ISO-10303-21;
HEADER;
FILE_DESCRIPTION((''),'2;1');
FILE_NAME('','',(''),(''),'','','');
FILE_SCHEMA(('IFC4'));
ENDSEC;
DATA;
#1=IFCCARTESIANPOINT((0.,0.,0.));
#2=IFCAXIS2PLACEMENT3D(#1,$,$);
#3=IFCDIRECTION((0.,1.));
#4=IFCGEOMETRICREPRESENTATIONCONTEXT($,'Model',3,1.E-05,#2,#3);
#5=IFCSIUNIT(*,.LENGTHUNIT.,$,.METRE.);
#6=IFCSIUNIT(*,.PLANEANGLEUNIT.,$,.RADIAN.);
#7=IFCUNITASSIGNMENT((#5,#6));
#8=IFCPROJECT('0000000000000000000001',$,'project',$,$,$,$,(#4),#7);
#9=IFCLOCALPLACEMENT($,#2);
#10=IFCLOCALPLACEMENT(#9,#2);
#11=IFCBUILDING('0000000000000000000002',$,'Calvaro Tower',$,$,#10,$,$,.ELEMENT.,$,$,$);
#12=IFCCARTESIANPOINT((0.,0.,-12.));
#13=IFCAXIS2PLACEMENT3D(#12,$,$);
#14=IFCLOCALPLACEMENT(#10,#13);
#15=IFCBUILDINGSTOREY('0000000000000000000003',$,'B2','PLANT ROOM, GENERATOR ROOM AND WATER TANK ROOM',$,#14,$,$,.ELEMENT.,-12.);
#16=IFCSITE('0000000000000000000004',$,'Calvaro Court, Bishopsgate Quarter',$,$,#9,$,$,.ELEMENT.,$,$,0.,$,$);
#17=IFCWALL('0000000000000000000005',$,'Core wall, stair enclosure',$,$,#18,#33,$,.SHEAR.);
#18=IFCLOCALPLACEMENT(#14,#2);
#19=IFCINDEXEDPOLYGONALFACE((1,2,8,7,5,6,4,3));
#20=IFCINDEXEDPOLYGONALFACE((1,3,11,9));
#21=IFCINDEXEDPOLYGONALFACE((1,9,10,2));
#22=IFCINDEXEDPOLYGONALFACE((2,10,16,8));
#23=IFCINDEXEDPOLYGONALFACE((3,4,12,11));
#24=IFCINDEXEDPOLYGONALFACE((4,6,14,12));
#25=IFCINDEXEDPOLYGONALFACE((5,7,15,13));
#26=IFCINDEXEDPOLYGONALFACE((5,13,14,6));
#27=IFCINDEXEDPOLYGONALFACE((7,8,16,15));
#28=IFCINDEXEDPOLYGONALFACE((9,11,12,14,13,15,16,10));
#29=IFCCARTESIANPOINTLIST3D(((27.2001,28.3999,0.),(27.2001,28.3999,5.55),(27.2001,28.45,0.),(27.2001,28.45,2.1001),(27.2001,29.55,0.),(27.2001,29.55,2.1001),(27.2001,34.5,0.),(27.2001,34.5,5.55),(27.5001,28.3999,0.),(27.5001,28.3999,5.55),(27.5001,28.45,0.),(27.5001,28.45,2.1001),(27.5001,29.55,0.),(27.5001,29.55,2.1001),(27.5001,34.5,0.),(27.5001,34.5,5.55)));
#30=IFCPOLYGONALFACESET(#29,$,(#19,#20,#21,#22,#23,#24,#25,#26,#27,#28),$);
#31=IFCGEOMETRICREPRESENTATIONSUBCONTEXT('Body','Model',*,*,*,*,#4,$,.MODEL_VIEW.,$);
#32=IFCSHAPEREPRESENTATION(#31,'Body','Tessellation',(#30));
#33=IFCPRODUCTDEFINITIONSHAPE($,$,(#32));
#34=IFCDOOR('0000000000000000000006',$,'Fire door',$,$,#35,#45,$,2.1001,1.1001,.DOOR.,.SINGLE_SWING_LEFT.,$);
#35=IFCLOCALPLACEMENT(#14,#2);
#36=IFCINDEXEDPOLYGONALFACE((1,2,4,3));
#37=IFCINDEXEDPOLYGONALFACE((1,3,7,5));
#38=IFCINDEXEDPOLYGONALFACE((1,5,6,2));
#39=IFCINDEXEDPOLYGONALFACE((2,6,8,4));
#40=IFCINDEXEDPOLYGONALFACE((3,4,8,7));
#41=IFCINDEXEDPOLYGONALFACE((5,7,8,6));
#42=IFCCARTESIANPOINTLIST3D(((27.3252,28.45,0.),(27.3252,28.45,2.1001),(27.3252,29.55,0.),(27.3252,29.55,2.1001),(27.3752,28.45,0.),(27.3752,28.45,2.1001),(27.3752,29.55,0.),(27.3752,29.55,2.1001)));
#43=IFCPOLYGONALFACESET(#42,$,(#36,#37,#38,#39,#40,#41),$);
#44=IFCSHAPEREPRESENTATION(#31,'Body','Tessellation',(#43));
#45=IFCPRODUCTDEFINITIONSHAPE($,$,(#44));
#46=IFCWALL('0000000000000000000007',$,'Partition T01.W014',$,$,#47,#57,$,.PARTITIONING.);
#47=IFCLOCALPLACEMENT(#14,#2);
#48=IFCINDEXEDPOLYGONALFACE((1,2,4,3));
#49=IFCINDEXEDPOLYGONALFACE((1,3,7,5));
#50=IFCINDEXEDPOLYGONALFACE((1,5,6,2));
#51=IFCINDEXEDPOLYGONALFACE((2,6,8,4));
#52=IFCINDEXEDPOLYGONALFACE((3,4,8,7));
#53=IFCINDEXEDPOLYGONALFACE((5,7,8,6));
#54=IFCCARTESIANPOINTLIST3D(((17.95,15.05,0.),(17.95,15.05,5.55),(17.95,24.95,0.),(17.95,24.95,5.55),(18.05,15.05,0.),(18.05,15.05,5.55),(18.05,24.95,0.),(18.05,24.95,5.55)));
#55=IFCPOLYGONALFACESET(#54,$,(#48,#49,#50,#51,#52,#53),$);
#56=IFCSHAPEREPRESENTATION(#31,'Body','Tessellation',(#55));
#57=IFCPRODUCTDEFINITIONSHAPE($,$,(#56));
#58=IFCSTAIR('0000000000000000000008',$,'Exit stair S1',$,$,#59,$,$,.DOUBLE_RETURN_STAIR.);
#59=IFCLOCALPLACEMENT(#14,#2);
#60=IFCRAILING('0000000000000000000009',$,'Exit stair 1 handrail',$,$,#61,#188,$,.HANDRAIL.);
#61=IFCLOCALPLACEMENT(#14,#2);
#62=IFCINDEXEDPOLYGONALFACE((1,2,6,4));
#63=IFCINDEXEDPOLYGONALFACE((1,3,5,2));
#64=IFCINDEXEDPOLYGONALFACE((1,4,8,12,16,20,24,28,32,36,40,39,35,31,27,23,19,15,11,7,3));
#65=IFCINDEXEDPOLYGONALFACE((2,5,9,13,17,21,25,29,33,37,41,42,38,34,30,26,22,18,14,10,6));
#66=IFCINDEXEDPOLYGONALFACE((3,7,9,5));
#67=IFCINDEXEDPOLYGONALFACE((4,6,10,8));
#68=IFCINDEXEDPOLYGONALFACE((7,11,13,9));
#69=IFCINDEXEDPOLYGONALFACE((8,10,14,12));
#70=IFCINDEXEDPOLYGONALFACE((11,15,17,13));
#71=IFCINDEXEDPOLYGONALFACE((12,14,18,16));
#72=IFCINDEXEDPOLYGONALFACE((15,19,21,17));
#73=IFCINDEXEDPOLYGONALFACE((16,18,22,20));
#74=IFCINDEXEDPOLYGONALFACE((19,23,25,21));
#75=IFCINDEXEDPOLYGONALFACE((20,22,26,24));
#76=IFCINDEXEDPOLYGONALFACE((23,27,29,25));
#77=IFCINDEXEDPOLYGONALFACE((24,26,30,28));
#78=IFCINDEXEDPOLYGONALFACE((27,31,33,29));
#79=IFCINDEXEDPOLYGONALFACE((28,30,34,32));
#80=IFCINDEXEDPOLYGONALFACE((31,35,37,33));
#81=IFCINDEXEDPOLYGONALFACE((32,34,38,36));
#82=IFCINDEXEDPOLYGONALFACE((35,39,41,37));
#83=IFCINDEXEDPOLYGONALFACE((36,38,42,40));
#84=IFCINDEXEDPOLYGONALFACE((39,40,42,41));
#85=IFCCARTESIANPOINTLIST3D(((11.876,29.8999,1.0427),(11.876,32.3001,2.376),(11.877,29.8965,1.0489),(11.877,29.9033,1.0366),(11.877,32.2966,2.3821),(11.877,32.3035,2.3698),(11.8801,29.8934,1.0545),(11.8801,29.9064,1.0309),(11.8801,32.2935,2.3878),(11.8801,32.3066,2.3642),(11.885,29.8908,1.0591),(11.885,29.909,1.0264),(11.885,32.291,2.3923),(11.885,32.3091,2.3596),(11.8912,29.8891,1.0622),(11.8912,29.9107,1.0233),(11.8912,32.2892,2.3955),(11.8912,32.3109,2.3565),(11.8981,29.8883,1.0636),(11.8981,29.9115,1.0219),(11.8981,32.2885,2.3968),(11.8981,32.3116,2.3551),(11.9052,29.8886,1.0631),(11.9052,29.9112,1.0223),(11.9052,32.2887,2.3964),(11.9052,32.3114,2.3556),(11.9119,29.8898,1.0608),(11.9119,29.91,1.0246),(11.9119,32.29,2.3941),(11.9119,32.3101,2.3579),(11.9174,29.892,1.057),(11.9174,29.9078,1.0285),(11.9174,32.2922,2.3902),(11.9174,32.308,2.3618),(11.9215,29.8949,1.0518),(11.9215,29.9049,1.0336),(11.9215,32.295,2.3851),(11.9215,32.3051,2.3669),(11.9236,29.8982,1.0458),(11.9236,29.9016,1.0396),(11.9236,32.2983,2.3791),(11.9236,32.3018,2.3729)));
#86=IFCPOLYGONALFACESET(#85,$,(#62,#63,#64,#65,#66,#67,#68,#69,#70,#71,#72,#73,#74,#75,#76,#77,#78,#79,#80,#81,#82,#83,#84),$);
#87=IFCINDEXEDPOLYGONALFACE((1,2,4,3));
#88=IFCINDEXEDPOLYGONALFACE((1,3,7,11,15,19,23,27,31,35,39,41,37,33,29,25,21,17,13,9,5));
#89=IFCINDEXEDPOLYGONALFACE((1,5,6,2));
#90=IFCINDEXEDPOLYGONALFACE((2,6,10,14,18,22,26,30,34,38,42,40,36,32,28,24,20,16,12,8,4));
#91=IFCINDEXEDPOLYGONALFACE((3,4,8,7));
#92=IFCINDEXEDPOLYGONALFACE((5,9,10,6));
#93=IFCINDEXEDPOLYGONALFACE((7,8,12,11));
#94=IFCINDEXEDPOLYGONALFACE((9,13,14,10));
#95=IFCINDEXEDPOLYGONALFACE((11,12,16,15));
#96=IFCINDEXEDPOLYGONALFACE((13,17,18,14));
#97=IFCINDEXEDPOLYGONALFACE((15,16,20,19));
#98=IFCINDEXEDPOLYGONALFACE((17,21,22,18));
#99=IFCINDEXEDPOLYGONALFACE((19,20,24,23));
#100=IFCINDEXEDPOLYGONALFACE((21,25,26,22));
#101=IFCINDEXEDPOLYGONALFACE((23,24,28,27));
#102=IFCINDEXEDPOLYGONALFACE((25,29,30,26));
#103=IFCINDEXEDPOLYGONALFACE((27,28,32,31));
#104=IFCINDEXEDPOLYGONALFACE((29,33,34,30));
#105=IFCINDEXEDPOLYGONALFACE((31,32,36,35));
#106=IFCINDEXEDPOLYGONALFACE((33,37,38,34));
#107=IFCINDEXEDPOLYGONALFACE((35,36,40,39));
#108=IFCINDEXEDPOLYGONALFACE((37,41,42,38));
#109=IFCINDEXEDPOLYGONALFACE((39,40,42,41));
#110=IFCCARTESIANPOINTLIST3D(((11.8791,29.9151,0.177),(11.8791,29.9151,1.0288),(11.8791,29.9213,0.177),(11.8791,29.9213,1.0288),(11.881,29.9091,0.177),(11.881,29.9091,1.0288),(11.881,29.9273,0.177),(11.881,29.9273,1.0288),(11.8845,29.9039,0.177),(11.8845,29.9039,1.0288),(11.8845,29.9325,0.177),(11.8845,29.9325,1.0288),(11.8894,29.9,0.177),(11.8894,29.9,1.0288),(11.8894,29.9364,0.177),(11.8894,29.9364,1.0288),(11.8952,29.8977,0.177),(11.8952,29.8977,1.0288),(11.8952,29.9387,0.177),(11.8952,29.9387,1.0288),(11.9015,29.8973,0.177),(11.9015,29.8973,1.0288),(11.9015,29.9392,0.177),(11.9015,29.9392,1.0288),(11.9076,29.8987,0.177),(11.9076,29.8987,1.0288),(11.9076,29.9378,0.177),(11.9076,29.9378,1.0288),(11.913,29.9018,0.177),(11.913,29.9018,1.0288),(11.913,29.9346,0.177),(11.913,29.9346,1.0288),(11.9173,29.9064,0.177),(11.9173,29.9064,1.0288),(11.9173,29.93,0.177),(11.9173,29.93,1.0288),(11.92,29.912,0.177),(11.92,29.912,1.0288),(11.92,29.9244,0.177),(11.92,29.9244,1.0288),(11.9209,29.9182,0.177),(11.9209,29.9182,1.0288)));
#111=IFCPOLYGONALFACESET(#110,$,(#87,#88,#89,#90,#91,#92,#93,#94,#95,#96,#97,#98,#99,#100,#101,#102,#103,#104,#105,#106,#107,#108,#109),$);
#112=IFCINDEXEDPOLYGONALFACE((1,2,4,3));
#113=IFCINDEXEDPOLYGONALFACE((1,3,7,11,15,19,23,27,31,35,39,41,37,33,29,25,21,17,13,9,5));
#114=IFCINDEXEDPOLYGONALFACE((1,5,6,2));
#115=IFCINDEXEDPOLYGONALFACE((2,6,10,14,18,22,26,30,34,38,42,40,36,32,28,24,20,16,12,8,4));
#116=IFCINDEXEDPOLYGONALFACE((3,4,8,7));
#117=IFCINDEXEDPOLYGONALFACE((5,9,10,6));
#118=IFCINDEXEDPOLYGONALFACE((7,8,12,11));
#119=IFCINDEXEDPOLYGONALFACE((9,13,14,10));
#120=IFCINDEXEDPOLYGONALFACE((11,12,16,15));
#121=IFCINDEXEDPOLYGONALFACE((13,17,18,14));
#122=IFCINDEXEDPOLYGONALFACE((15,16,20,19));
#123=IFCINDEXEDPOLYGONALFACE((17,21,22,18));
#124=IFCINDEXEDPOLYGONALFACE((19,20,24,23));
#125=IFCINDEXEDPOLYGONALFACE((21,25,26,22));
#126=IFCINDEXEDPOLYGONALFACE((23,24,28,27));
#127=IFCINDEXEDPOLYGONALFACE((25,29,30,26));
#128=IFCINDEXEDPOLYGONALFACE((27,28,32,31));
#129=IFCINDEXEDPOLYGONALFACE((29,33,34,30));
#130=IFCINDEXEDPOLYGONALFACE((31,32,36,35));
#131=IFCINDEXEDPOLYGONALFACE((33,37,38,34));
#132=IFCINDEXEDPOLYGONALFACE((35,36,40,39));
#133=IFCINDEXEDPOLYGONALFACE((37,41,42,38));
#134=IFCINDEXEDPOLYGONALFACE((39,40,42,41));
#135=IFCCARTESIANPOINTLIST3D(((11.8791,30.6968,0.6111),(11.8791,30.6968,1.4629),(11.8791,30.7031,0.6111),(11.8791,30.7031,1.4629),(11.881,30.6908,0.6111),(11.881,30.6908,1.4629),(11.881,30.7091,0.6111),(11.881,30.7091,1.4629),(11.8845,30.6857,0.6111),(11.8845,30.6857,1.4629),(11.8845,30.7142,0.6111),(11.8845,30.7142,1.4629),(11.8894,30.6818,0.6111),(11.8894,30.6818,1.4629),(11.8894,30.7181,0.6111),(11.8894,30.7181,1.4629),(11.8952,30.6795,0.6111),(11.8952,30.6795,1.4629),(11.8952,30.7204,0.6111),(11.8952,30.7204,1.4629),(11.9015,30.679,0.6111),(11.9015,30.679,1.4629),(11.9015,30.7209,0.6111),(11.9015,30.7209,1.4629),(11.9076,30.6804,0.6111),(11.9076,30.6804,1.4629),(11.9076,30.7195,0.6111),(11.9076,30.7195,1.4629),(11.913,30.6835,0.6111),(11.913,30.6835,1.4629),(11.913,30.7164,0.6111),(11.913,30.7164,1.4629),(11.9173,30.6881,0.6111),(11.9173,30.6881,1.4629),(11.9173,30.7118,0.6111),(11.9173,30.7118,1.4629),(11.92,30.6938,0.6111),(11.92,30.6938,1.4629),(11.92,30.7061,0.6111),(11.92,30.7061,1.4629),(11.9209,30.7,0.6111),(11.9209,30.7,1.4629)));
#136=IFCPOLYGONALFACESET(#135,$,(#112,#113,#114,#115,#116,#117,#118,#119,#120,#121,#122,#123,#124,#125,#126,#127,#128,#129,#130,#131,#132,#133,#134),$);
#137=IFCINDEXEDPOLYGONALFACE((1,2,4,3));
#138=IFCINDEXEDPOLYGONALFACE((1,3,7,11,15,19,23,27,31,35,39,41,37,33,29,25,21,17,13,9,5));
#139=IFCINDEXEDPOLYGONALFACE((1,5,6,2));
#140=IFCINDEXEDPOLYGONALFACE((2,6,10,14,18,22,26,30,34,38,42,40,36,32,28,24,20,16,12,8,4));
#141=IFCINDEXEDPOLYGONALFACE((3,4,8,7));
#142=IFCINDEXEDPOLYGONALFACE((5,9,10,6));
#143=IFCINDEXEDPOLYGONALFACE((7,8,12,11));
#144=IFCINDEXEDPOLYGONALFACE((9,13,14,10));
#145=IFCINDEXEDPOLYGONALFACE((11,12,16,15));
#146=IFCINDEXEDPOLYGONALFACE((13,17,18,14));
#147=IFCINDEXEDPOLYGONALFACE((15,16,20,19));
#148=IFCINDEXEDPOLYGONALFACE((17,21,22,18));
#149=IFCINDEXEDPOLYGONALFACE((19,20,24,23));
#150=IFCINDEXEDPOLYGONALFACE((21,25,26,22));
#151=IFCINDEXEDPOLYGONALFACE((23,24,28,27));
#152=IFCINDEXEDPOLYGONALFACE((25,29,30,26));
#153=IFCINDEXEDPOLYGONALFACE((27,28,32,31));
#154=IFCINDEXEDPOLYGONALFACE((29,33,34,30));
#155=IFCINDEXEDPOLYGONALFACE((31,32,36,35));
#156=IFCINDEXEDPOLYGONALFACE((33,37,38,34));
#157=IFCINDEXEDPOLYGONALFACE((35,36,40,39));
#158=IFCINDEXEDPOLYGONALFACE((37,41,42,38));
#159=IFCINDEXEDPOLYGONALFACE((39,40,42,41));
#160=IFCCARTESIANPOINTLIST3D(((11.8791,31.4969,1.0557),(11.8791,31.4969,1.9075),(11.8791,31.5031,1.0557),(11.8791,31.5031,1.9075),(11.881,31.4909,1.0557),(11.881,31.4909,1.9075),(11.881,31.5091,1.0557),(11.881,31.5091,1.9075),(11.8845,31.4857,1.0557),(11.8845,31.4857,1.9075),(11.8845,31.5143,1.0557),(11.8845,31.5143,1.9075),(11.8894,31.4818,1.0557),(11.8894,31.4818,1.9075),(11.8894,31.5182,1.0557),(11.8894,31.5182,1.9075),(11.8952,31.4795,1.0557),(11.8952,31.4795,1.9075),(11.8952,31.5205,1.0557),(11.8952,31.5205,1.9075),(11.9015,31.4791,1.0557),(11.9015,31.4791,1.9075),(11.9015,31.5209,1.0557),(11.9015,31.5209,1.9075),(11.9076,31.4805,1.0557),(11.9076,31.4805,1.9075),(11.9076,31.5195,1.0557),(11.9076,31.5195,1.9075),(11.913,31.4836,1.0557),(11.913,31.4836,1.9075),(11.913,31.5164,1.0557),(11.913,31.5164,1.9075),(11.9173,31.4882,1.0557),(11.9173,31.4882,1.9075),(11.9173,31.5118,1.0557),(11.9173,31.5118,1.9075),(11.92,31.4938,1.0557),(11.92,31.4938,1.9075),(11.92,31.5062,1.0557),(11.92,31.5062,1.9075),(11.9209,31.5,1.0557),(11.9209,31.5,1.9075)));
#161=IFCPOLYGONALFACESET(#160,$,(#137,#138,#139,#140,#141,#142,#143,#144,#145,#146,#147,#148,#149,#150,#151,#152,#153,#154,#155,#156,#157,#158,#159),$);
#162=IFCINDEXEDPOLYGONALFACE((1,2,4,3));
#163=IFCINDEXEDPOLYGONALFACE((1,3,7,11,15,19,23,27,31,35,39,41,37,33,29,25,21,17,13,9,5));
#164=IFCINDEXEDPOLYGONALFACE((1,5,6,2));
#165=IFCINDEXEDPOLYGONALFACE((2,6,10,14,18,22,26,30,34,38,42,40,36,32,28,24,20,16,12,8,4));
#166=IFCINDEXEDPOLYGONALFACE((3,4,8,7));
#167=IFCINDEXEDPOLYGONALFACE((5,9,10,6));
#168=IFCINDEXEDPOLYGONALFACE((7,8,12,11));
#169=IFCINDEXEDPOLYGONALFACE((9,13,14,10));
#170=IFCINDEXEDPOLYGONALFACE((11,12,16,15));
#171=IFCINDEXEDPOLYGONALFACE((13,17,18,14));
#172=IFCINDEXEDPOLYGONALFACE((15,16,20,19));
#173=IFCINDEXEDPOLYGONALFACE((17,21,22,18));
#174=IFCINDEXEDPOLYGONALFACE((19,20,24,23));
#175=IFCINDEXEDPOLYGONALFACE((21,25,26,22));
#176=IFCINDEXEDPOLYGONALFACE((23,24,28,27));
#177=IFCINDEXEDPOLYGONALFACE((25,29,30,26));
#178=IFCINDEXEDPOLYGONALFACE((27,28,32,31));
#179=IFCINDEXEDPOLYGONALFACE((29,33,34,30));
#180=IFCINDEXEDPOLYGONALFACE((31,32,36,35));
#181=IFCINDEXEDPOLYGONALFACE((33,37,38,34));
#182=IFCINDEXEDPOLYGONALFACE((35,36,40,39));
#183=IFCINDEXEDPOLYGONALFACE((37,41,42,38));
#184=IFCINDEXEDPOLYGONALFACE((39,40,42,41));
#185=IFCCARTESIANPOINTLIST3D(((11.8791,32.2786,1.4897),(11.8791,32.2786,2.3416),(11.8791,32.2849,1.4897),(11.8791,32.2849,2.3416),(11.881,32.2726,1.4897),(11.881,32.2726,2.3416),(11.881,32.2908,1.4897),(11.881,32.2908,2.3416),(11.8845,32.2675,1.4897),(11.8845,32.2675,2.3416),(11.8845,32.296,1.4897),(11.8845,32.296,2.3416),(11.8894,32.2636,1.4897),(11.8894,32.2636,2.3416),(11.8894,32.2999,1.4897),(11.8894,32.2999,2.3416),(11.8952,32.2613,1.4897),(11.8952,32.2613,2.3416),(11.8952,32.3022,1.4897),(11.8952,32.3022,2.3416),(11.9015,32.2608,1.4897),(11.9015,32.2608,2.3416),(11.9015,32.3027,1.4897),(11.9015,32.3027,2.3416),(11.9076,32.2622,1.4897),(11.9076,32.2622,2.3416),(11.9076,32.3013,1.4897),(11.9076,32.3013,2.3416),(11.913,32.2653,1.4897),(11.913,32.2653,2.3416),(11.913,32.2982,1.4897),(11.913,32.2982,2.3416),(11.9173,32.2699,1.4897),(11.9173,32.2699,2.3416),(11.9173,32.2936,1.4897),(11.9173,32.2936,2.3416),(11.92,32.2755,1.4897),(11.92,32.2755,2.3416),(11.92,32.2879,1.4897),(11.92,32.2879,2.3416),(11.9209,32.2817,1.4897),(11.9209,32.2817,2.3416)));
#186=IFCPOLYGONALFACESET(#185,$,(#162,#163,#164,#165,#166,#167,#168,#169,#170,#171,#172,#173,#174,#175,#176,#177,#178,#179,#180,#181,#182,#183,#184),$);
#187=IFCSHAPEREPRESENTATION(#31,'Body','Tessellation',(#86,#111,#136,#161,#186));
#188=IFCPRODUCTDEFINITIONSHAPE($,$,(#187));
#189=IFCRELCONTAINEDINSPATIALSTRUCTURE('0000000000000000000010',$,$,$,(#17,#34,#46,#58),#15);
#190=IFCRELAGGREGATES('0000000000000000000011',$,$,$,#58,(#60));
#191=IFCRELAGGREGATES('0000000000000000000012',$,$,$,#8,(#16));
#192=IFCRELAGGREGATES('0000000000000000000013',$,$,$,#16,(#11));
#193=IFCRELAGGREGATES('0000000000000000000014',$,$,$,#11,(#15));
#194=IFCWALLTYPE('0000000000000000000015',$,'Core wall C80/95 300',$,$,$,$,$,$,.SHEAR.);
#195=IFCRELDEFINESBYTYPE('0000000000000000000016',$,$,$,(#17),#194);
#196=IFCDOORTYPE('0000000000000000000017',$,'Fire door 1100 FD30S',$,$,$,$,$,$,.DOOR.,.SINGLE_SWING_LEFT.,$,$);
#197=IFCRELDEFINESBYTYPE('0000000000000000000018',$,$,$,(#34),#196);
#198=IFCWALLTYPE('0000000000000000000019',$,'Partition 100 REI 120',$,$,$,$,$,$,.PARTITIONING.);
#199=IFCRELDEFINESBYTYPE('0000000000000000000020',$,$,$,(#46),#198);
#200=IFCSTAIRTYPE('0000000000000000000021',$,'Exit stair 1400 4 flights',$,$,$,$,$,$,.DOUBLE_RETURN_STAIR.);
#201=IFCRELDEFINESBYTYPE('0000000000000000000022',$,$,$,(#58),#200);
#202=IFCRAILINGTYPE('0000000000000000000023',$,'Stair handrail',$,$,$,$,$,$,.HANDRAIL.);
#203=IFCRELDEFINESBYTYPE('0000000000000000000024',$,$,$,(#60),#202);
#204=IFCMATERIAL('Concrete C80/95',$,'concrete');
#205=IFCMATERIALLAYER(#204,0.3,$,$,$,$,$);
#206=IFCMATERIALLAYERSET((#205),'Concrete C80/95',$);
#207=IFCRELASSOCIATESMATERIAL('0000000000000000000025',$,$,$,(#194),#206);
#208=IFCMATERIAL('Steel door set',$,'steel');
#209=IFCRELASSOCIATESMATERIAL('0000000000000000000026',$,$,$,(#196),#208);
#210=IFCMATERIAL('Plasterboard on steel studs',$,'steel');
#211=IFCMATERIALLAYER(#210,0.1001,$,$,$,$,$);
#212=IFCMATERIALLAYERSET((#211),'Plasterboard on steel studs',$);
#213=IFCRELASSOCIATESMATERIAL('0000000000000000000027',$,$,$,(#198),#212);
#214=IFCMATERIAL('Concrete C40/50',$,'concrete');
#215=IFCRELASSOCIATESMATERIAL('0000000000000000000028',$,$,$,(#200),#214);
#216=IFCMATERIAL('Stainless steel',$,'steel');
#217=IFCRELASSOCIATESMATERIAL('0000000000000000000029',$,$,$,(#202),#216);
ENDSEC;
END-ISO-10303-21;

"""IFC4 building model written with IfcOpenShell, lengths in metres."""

from ifc_helpers import new_model, si_unit, direction, frame, frame_2d, origin, origin_2d, place, context, subcontext, project, spatial, rectangle, circle, extrude, material, layer, layer_set, type_object, element, fill, aggregate, save


model = new_model("IFC4")

# Units and contexts
model_context = context("Model", 3, precision=1e-05, world=origin(), true_north=direction((0.0, 1.0)))
body_context = subcontext(model_context, "Body", "Model", "MODEL_VIEW")
ifc_project = project(units=[si_unit("LENGTHUNIT", "METRE"), si_unit("PLANEANGLEUNIT", "RADIAN")], contexts=[model_context])

# Site, building, storey
site_placement = place(None, origin())
site = spatial("IfcSite", under=ifc_project, at=site_placement, Name="Calvaro Court, Bishopsgate Quarter", CompositionType="ELEMENT", RefElevation=0.0)
building_placement = place(site_placement, origin())
building = spatial("IfcBuilding", under=site, at=building_placement, Name="Calvaro Tower", CompositionType="ELEMENT")
storey_placement = place(building_placement, frame((0.0, 0.0, -12.0)))
storey = spatial("IfcBuildingStorey", under=building, at=storey_placement, Name="B2", Description="PLANT ROOM, GENERATOR ROOM AND WATER TANK ROOM", CompositionType="ELEMENT", Elevation=-12.0)

# Shared definitions
ifc_material_1 = material(Name="Concrete C80/95", Category="concrete")
ifc_layer_1 = layer(ifc_material_1, 0.3)
ifc_layer_set_1 = layer_set([ifc_layer_1], Name="Concrete C80/95")
wall_type_1 = type_object("IfcWallType", Name="Core wall C80/95 300", PredefinedType="SHEAR", material=ifc_layer_set_1)

# Wall, opening, door
wall_1_placement = place(storey_placement, frame((27.3501, 28.3999, 0.0), z_axis=(0.0, 0.0, 1.0), x_axis=(0.0, 1.0, 0.0)))
wall_1 = element("IfcWall", 1, at=wall_1_placement, inside=storey, type_object=wall_type_1, Name="Core wall, stair enclosure", PredefinedType="SHEAR", context=body_context, shape_type="SweptSolid", body=[
    extrude(rectangle(XDim=6.1001, YDim=0.3, at=frame_2d((3.05, 0.0))), origin(), (0.0, 0.0, 1.0), 5.55),
])
opening_1_placement = place(wall_1_placement, frame((0.05, 0.0, 0.0)))
opening_1 = element("IfcOpeningElement", 2, at=opening_1_placement, cuts=wall_1, PredefinedType="OPENING", context=body_context, shape_type="SweptSolid", body=[
    extrude(rectangle(XDim=1.1001, YDim=2.1001, at=frame_2d((0.55, 1.05))), frame((0.0, 0.1599, 0.0), z_axis=(0.0, -1.0, 0.0), x_axis=(1.0, 0.0, 0.0)), (0.0, 0.0, 1.0), 0.3201),
])
ifc_material_2 = material(Name="Steel door set", Category="steel")
door_type_1 = type_object("IfcDoorType", Name="Fire door 1100 FD30S", OperationType="SINGLE_SWING_LEFT", PredefinedType="DOOR", material=ifc_material_2)
door_1_placement = place(opening_1_placement, origin())
door_1 = element("IfcDoor", 3, at=door_1_placement, inside=storey, type_object=door_type_1, Name="Fire door", OperationType="SINGLE_SWING_LEFT", OverallHeight=2.1001, OverallWidth=1.1001, PredefinedType="DOOR", context=body_context, shape_type="SweptSolid", body=[
    extrude(rectangle(XDim=1.1001, YDim=2.1001, at=frame_2d((0.55, 1.05))), frame((0.0, 0.0249, 0.0), z_axis=(0.0, -1.0, 0.0), x_axis=(1.0, 0.0, 0.0)), (0.0, 0.0, 1.0), 0.05),
])
fill(opening_1, door_1)

# Wall
ifc_material_3 = material(Name="Plasterboard on steel studs", Category="steel")
ifc_layer_2 = layer(ifc_material_3, 0.1001)
ifc_layer_set_2 = layer_set([ifc_layer_2], Name="Plasterboard on steel studs")
wall_type_2 = type_object("IfcWallType", Name="Partition 100 REI 120", PredefinedType="PARTITIONING", material=ifc_layer_set_2)
wall_2_placement = place(storey_placement, frame((18.0, 15.05, 0.0), z_axis=(0.0, 0.0, 1.0), x_axis=(0.0, 1.0, 0.0)))
element("IfcWall", 4, at=wall_2_placement, inside=storey, type_object=wall_type_2, Name="Partition T01.W014", PredefinedType="PARTITIONING", context=body_context, shape_type="SweptSolid", body=[
    extrude(rectangle(XDim=9.8999, YDim=0.1001, at=frame_2d((4.95, 0.0))), origin(), (0.0, 0.0, 1.0), 5.55),
])

# Stair, railing
ifc_material_4 = material(Name="Concrete C40/50", Category="concrete")
stair_type = type_object("IfcStairType", Name="Exit stair 1400 4 flights", PredefinedType="DOUBLE_RETURN_STAIR", material=ifc_material_4)
stair_1_placement = place(storey_placement, origin())
stair_1 = element("IfcStair", 5, at=stair_1_placement, inside=storey, type_object=stair_type, Name="Exit stair S1", PredefinedType="DOUBLE_RETURN_STAIR")
ifc_material_5 = material(Name="Stainless steel", Category="steel")
railing_type = type_object("IfcRailingType", Name="Stair handrail", PredefinedType="HANDRAIL", material=ifc_material_5)
railing_1_placement = place(storey_placement, frame((11.8999, 29.8999, 0.1667)))
railing_1 = element("IfcRailing", 6, at=railing_1_placement, type_object=railing_type, Name="Exit stair 1 handrail", PredefinedType="HANDRAIL", context=body_context, shape_type="SweptSolid", body=[
    extrude(circle(Radius=0.0239, at=origin_2d()), frame((0.0, 0.0, 0.876), z_axis=(0.0, 0.874182, 0.485598), x_axis=(-1.0, 0.0, 0.0)), (0.0, 0.0, 1.0), 2.7456),
    extrude(circle(Radius=0.021, at=origin_2d()), frame((0.0, 0.0183, 0.0103)), (0.0, 0.0, 1.0), 0.8518),
    extrude(circle(Radius=0.021, at=origin_2d()), frame((0.0, 0.8, 0.4443)), (0.0, 0.0, 1.0), 0.8518),
    extrude(circle(Radius=0.021, at=origin_2d()), frame((0.0, 1.6001, 0.8889)), (0.0, 0.0, 1.0), 0.8518),
    extrude(circle(Radius=0.021, at=origin_2d()), frame((0.0, 2.3818, 1.323)), (0.0, 0.0, 1.0), 0.8518),
])
aggregate(stair_1, [railing_1])

save(model, "model.ifc")
